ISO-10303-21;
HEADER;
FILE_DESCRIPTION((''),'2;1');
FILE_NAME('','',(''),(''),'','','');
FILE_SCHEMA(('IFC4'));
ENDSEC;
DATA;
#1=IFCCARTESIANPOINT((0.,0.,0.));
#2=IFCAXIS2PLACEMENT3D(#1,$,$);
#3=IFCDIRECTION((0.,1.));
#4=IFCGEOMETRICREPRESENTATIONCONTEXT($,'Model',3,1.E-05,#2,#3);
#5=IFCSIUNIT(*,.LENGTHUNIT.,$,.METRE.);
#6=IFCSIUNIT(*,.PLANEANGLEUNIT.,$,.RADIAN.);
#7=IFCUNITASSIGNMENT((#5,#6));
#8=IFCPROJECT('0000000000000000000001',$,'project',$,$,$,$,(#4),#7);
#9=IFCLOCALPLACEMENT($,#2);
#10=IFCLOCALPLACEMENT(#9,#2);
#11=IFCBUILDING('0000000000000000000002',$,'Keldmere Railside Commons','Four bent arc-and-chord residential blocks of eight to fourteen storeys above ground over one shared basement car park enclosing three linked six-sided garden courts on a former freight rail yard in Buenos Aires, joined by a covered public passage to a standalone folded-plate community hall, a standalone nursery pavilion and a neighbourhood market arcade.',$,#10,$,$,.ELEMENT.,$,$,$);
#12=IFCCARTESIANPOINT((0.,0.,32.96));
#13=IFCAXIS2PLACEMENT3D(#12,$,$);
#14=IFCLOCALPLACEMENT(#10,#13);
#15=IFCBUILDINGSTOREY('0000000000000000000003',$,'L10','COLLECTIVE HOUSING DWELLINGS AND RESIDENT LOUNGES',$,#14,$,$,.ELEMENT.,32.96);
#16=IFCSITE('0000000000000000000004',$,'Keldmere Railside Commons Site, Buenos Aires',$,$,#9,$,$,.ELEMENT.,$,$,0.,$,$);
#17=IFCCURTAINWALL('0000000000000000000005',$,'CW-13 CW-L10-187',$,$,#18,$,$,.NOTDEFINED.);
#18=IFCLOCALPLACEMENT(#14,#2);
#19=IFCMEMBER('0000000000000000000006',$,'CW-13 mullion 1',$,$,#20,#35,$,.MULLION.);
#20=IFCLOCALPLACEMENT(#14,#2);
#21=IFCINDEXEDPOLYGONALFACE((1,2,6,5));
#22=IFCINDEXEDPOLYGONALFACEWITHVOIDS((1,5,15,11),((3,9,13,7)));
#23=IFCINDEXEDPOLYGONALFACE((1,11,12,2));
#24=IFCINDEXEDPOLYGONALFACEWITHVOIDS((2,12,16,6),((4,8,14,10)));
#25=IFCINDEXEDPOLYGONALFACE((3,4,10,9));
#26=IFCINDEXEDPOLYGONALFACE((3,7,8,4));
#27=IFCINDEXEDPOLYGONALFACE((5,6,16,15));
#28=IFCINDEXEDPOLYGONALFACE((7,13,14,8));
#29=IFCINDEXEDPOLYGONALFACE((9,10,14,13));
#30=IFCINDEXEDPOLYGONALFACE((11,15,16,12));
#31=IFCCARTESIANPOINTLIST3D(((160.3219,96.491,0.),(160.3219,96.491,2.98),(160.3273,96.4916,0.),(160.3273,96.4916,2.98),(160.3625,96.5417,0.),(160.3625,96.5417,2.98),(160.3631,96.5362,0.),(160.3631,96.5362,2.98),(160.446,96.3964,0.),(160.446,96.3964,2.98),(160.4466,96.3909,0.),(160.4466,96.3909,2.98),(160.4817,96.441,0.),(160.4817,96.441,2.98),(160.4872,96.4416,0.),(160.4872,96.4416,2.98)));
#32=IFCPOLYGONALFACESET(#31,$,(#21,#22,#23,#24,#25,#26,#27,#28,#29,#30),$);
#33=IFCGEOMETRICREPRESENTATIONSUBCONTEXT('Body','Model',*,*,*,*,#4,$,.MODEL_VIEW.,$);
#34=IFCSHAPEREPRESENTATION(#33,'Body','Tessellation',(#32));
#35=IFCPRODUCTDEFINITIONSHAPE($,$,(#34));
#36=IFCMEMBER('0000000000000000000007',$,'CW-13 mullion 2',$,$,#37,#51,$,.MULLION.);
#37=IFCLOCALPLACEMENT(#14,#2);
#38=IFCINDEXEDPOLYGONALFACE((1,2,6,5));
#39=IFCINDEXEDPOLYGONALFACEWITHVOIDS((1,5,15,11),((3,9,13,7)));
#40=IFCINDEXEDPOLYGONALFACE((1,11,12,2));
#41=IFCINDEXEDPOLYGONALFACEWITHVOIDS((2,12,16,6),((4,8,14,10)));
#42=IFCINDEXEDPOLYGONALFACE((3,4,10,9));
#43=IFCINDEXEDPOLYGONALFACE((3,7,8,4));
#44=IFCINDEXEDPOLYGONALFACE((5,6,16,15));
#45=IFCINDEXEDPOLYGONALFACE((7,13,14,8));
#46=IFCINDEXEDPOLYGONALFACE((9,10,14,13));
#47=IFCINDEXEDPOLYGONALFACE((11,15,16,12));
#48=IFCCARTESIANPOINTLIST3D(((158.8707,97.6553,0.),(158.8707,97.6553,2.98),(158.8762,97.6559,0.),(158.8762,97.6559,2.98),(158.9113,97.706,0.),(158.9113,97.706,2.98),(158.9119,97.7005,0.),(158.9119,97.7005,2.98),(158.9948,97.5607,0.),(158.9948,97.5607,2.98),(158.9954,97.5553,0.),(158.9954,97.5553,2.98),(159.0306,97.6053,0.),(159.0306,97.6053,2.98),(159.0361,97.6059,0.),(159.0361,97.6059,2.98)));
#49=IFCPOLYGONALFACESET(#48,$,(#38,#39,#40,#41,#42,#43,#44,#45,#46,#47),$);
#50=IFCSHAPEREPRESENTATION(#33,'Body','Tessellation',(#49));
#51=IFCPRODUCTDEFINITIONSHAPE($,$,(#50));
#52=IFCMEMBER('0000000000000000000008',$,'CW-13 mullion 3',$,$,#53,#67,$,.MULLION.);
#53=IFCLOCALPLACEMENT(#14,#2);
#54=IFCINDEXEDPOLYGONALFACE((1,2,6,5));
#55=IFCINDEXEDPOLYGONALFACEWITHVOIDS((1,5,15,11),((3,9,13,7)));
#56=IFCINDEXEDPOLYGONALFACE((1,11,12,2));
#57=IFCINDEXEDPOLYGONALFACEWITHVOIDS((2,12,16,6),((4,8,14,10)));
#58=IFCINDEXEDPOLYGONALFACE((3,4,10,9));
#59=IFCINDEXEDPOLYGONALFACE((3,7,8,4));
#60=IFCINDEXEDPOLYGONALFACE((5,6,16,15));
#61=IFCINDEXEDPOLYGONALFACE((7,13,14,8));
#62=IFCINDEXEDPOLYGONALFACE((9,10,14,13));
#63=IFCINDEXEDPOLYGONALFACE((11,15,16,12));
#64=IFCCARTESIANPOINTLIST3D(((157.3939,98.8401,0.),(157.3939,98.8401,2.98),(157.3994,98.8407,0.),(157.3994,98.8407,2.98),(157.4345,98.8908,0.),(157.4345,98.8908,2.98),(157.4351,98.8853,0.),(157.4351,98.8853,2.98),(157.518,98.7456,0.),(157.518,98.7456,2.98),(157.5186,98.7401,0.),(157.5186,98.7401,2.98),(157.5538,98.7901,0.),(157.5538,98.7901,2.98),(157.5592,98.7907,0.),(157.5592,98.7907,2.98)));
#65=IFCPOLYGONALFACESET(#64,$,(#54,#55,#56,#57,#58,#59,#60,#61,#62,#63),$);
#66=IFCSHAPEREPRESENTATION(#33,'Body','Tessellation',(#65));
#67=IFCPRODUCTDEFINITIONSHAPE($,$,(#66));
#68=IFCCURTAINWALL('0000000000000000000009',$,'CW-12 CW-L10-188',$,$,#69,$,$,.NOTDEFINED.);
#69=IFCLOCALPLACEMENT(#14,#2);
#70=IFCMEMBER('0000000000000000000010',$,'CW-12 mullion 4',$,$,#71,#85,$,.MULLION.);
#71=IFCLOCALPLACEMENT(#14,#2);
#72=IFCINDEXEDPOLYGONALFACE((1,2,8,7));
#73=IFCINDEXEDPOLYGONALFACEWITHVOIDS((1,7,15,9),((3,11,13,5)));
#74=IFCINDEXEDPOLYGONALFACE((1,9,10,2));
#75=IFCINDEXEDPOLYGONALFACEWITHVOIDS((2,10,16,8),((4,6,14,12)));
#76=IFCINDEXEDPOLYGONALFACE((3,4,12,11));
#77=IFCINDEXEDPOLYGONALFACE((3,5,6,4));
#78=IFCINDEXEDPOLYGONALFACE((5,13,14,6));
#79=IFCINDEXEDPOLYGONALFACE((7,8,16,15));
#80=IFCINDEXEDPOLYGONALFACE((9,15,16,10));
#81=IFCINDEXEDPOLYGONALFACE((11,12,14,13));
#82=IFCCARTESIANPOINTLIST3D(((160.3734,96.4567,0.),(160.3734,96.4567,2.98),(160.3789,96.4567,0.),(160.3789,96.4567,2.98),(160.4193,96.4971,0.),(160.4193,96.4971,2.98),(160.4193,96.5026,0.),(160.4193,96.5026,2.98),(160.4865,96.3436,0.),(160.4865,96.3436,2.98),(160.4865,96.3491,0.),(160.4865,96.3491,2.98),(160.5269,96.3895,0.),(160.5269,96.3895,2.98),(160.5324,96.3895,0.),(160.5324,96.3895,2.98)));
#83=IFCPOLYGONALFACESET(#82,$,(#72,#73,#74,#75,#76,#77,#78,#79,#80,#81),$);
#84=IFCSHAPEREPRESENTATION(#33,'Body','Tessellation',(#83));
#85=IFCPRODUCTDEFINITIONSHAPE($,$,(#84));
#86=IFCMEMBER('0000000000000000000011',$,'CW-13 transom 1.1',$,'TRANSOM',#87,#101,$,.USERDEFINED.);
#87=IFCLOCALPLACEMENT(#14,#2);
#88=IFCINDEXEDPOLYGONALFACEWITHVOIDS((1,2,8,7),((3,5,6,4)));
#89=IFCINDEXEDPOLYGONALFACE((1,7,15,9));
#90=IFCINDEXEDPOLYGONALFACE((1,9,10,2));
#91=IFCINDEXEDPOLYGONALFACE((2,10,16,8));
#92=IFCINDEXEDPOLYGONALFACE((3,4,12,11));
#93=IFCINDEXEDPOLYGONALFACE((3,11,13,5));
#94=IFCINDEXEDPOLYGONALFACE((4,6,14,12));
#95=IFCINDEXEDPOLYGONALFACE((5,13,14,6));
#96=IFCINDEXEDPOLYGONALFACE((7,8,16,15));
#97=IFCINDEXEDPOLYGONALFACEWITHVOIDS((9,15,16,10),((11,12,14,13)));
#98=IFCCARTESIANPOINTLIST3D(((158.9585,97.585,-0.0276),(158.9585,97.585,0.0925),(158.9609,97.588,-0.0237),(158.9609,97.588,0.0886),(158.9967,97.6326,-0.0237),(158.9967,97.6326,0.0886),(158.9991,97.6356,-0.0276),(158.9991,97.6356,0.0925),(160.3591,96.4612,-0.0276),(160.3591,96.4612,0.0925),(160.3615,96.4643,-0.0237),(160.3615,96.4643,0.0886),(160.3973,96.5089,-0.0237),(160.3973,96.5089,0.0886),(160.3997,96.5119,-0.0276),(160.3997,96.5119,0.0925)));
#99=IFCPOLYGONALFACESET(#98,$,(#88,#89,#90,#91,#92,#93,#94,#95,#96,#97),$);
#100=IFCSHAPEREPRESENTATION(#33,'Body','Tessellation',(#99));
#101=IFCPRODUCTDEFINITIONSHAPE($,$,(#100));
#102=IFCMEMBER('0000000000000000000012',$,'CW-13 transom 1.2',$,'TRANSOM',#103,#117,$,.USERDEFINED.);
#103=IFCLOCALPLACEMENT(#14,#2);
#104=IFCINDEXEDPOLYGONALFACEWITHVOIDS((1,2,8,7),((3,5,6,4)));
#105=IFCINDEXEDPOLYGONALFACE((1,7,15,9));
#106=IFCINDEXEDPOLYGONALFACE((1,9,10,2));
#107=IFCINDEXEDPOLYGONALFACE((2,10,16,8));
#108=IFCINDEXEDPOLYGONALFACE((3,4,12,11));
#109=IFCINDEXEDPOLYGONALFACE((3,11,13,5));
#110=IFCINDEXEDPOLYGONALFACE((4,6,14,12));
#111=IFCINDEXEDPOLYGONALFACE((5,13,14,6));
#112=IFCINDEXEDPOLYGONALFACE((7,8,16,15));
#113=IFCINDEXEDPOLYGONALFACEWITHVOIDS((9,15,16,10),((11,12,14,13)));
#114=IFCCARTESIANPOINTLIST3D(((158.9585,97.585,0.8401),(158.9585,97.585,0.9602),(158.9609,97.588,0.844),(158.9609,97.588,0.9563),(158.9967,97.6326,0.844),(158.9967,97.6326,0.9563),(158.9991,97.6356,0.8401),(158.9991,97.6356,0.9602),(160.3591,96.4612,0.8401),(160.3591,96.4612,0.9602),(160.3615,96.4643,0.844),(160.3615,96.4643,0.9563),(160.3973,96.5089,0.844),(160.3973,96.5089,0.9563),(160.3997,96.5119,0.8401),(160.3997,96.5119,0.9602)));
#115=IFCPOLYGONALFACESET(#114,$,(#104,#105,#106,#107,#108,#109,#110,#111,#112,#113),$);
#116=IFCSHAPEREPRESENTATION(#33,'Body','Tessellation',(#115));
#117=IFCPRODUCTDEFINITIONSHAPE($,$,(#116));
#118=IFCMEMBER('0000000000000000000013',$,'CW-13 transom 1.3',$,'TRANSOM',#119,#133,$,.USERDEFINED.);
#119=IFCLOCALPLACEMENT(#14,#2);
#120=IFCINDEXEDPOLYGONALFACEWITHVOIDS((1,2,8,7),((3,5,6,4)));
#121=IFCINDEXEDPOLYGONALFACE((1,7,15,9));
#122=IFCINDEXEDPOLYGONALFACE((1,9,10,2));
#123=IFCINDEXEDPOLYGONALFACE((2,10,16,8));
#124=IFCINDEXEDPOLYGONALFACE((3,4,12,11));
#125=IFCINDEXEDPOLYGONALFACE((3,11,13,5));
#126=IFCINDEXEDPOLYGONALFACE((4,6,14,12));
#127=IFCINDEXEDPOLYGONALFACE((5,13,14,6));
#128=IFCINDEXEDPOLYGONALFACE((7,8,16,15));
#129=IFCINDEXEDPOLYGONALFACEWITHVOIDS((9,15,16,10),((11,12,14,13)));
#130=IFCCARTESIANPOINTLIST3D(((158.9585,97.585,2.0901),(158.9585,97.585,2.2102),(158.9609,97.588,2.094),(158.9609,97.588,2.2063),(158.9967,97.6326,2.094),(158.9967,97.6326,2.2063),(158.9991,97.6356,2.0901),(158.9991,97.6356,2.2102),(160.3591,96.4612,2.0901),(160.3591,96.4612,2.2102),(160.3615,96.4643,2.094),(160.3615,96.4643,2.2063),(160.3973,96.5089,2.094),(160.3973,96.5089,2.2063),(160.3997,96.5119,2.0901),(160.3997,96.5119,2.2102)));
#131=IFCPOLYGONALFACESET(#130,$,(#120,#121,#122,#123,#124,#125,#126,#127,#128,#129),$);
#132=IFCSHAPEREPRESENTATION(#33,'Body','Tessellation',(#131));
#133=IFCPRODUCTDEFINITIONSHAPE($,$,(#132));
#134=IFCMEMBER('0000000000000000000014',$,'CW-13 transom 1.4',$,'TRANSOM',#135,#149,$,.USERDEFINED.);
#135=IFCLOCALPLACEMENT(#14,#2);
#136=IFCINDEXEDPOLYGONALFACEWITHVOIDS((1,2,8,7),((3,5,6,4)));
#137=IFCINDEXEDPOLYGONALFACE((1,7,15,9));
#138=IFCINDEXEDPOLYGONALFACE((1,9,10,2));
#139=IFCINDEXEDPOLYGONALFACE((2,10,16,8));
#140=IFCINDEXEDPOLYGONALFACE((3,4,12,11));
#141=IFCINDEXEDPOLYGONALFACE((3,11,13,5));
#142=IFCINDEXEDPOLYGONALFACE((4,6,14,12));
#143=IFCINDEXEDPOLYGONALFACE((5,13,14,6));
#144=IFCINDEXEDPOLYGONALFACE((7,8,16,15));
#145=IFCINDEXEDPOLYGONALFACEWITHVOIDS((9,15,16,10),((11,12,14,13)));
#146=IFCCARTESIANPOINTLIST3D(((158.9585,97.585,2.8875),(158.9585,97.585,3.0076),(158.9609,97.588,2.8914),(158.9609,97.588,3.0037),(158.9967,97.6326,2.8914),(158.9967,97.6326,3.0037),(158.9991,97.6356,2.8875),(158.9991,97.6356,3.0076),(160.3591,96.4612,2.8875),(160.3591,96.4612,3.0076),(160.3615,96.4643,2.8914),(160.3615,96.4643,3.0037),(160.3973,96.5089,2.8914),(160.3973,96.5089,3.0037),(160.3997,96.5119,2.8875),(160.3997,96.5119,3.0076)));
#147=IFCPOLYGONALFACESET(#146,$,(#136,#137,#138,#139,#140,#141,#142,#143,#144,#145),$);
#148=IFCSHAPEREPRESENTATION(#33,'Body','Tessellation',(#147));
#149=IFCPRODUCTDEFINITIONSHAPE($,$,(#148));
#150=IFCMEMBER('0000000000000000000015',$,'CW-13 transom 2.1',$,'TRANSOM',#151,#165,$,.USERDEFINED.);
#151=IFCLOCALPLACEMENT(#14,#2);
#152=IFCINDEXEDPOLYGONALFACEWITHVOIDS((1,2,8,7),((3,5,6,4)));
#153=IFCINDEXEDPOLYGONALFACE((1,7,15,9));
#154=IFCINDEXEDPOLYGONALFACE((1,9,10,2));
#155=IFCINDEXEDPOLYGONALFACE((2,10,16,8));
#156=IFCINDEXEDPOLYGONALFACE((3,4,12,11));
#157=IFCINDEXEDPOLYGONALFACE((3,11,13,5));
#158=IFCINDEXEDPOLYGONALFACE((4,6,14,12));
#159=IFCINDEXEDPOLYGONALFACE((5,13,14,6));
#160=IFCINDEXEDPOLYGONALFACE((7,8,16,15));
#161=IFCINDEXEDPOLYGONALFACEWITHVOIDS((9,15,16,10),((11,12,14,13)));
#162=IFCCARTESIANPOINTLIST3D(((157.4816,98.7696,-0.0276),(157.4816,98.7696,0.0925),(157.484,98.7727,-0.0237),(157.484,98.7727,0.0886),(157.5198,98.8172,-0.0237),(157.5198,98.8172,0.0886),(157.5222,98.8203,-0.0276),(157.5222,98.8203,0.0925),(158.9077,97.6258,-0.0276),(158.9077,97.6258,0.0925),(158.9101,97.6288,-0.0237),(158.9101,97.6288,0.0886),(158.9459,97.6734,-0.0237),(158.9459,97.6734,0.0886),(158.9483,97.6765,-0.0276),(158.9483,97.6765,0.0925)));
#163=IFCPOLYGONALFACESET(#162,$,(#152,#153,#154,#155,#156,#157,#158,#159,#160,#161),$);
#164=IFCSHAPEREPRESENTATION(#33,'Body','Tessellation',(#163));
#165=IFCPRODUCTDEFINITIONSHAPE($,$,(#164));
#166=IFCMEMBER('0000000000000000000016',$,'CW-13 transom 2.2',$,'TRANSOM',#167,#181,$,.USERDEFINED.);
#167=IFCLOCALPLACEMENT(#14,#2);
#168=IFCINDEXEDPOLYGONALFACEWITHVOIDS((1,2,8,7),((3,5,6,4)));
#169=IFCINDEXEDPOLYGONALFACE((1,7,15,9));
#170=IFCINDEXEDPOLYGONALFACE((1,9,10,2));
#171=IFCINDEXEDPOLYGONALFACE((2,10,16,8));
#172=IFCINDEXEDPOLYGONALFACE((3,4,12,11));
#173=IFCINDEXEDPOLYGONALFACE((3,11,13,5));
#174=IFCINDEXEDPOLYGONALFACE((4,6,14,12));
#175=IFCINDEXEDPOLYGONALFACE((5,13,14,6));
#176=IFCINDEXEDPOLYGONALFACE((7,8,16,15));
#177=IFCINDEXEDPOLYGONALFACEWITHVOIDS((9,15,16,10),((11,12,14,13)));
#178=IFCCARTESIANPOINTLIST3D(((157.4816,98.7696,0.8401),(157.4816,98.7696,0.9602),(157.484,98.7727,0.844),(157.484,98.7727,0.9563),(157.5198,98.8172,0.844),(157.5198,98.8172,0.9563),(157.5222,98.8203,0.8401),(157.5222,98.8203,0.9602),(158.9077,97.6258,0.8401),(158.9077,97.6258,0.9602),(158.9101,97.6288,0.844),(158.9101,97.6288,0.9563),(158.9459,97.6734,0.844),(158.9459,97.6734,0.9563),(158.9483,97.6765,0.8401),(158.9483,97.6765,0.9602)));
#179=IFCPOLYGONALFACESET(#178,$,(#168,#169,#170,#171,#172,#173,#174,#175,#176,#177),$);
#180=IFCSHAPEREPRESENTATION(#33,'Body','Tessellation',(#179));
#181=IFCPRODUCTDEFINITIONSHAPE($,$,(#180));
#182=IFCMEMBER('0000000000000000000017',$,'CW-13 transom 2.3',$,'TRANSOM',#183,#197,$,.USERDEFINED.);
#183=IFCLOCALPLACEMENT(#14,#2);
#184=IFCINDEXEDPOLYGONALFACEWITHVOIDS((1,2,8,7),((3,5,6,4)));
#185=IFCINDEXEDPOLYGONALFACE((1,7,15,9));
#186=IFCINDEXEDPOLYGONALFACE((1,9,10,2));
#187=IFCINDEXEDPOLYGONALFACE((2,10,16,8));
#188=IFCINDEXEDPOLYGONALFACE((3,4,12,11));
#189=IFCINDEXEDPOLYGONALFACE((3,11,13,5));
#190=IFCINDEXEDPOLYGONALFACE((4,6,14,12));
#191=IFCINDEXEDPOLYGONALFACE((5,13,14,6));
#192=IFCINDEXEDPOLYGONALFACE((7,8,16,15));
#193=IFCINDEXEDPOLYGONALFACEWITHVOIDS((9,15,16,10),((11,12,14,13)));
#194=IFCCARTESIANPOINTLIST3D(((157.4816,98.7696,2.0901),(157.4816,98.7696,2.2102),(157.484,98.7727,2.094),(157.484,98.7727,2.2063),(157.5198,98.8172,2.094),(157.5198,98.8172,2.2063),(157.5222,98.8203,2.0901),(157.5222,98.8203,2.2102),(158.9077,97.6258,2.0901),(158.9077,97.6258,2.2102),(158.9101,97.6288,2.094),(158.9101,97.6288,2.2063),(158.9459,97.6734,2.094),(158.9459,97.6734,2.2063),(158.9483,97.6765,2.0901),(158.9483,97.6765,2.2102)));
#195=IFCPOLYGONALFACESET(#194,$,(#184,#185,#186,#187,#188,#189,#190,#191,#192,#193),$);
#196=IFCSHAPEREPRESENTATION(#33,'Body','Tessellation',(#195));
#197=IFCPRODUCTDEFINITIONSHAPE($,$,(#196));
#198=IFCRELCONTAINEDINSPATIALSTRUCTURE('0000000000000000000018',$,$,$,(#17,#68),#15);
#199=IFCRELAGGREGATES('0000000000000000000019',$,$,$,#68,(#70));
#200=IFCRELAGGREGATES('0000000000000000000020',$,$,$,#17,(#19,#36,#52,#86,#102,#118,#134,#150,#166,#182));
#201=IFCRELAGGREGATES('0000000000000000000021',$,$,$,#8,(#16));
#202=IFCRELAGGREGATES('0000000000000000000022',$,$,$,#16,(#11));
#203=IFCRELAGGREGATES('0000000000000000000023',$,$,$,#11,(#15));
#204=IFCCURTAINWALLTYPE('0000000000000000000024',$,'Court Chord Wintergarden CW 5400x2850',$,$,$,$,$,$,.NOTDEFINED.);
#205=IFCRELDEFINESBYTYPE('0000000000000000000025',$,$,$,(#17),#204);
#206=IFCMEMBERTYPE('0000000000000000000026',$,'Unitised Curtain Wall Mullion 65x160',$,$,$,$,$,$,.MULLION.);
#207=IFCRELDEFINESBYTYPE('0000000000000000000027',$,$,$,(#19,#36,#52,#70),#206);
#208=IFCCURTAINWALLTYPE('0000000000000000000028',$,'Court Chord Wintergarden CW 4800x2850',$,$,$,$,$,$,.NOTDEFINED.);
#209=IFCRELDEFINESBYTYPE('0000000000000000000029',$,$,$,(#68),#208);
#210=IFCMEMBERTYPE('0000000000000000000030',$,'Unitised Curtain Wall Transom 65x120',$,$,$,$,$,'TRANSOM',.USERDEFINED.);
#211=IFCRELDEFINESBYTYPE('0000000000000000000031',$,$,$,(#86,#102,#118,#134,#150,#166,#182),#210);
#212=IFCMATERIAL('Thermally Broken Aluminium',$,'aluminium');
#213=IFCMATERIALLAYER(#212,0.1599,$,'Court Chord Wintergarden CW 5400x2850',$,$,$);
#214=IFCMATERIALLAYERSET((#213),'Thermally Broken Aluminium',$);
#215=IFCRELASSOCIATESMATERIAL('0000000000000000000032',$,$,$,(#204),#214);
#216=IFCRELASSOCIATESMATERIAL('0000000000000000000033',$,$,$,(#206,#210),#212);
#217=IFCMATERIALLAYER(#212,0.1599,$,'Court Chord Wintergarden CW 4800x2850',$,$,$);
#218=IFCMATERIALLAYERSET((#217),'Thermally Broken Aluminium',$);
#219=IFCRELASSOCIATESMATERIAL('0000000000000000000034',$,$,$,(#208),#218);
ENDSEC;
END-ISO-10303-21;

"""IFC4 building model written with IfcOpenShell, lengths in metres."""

from ifc_helpers import new_model, si_unit, direction, frame, origin, origin_2d, place, context, subcontext, project, spatial, hollow_rectangle, extrude, material, layer, layer_set, material_profile, profile_set, type_object, element, aggregate, save


model = new_model("IFC4")

# Units and contexts
model_context = context("Model", 3, precision=1e-05, world=origin(), true_north=direction((0.0, 1.0)))
body_context = subcontext(model_context, "Body", "Model", "MODEL_VIEW")
ifc_project = project(units=[si_unit("LENGTHUNIT", "METRE"), si_unit("PLANEANGLEUNIT", "RADIAN")], contexts=[model_context])

# Site, building, storey
site_placement = place(None, origin())
site = spatial("IfcSite", under=ifc_project, at=site_placement, Name="Keldmere Railside Commons Site, Buenos Aires", CompositionType="ELEMENT", RefElevation=0.0)
building_placement = place(site_placement, origin())
building = spatial("IfcBuilding", under=site, at=building_placement, Name="Keldmere Railside Commons", Description="Four bent arc-and-chord residential blocks of eight to fourteen storeys above ground over one shared basement car park enclosing three linked six-sided garden courts on a former freight rail yard in Buenos Aires, joined by a covered public passage to a standalone folded-plate community hall, a standalone nursery pavilion and a neighbourhood market arcade.", CompositionType="ELEMENT")
storey_placement = place(building_placement, frame((0.0, 0.0, 32.96)))
storey = spatial("IfcBuildingStorey", under=building, at=storey_placement, Name="L10", Description="COLLECTIVE HOUSING DWELLINGS AND RESIDENT LOUNGES", CompositionType="ELEMENT", Elevation=32.96)

# Curtain wall, members
ifc_material_1 = material(Name="Thermally Broken Aluminium", Category="aluminium")
ifc_layer_1 = layer(ifc_material_1, 0.1599, Name="Court Chord Wintergarden CW 5400x2850")
ifc_layer_set_1 = layer_set([ifc_layer_1], Name="Thermally Broken Aluminium")
curtain_wall_type_1 = type_object("IfcCurtainWallType", Name="Court Chord Wintergarden CW 5400x2850", PredefinedType="NOTDEFINED", material=ifc_layer_set_1)
curtain_wall_1_placement = place(storey_placement, origin())
curtain_wall_1 = element("IfcCurtainWall", 1, at=curtain_wall_1_placement, inside=storey, type_object=curtain_wall_type_1, Name="CW-13 CW-L10-187", PredefinedType="NOTDEFINED")
ifc_material_profile_1 = material_profile(ifc_material_1, hollow_rectangle(XDim=0.0649, YDim=0.1599, WallThickness=0.0039, at=origin_2d()), Name="ALU-MULL-65x160")
ifc_profile_set_1 = profile_set([ifc_material_profile_1], Name="Thermally Broken Aluminium")
member_type_1 = type_object("IfcMemberType", Name="Unitised Curtain Wall Mullion 65x160", PredefinedType="MULLION", material=ifc_profile_set_1)
member_1_placement = place(storey_placement, frame((160.4045, 96.4663, 0.0), z_axis=(0.0, 0.0, 1.0), x_axis=(-0.625768, -0.780009, 0.0)))
member_1 = element("IfcMember", 2, at=member_1_placement, type_object=member_type_1, Name="CW-13 mullion 1", PredefinedType="MULLION", context=body_context, shape_type="SweptSolid", body=[
    extrude(hollow_rectangle(XDim=0.0649, YDim=0.1599, WallThickness=0.0039, at=origin_2d()), origin(), (0.0, 0.0, 1.0), 2.98),
])
member_2_placement = place(storey_placement, frame((158.9534, 97.6306, 0.0), z_axis=(0.0, 0.0, 1.0), x_axis=(-0.625768, -0.780009, 0.0)))
member_2 = element("IfcMember", 3, at=member_2_placement, type_object=member_type_1, Name="CW-13 mullion 2", PredefinedType="MULLION", context=body_context, shape_type="SweptSolid", body=[
    extrude(hollow_rectangle(XDim=0.0649, YDim=0.1599, WallThickness=0.0039, at=origin_2d()), origin(), (0.0, 0.0, 1.0), 2.98),
])
member_3_placement = place(storey_placement, frame((157.4766, 98.8154, 0.0), z_axis=(0.0, 0.0, 1.0), x_axis=(-0.625768, -0.780009, 0.0)))
member_3 = element("IfcMember", 4, at=member_3_placement, type_object=member_type_1, Name="CW-13 mullion 3", PredefinedType="MULLION", context=body_context, shape_type="SweptSolid", body=[
    extrude(hollow_rectangle(XDim=0.0649, YDim=0.1599, WallThickness=0.0039, at=origin_2d()), origin(), (0.0, 0.0, 1.0), 2.98),
])

# Curtain wall, member
ifc_layer_2 = layer(ifc_material_1, 0.1599, Name="Court Chord Wintergarden CW 4800x2850")
ifc_layer_set_2 = layer_set([ifc_layer_2], Name="Thermally Broken Aluminium")
curtain_wall_type_2 = type_object("IfcCurtainWallType", Name="Court Chord Wintergarden CW 4800x2850", PredefinedType="NOTDEFINED", material=ifc_layer_set_2)
curtain_wall_2_placement = place(storey_placement, origin())
curtain_wall_2 = element("IfcCurtainWall", 5, at=curtain_wall_2_placement, inside=storey, type_object=curtain_wall_type_2, Name="CW-12 CW-L10-188", PredefinedType="NOTDEFINED")
member_4_placement = place(storey_placement, frame((160.4529, 96.4231, 0.0), z_axis=(0.0, 0.0, 1.0), x_axis=(-0.707107, -0.707107, 0.0)))
member_4 = element("IfcMember", 6, at=member_4_placement, type_object=member_type_1, Name="CW-12 mullion 4", PredefinedType="MULLION", context=body_context, shape_type="SweptSolid", body=[
    extrude(hollow_rectangle(XDim=0.0649, YDim=0.1599, WallThickness=0.0039, at=origin_2d()), origin(), (0.0, 0.0, 1.0), 2.98),
])

# Members
ifc_material_profile_2 = material_profile(ifc_material_1, hollow_rectangle(XDim=0.0649, YDim=0.1201, WallThickness=0.0039, at=origin_2d()), Name="ALU-TRAN-65x120")
ifc_profile_set_2 = profile_set([ifc_material_profile_2], Name="Thermally Broken Aluminium")
member_type_2 = type_object("IfcMemberType", Name="Unitised Curtain Wall Transom 65x120", ElementType="TRANSOM", PredefinedType="USERDEFINED", material=ifc_profile_set_2)
member_5_placement = place(storey_placement, frame((160.3794, 96.4866, 0.0325), z_axis=(-0.779979, 0.625805, 0.0), x_axis=(-0.625805, -0.779979, 0.0)))
member_5 = element("IfcMember", 7, at=member_5_placement, type_object=member_type_2, Name="CW-13 transom 1.1", ObjectType="TRANSOM", PredefinedType="USERDEFINED", context=body_context, shape_type="SweptSolid", body=[
    extrude(hollow_rectangle(XDim=0.0649, YDim=0.1201, WallThickness=0.0039, at=origin_2d()), origin(), (0.0, 0.0, 1.0), 1.7957),
])
member_6_placement = place(storey_placement, frame((160.3794, 96.4866, 0.9001), z_axis=(-0.779979, 0.625805, 0.0), x_axis=(-0.625805, -0.779979, 0.0)))
member_6 = element("IfcMember", 8, at=member_6_placement, type_object=member_type_2, Name="CW-13 transom 1.2", ObjectType="TRANSOM", PredefinedType="USERDEFINED", context=body_context, shape_type="SweptSolid", body=[
    extrude(hollow_rectangle(XDim=0.0649, YDim=0.1201, WallThickness=0.0039, at=origin_2d()), origin(), (0.0, 0.0, 1.0), 1.7957),
])
member_7_placement = place(storey_placement, frame((160.3794, 96.4866, 2.1501), z_axis=(-0.779979, 0.625805, 0.0), x_axis=(-0.625805, -0.779979, 0.0)))
member_7 = element("IfcMember", 9, at=member_7_placement, type_object=member_type_2, Name="CW-13 transom 1.3", ObjectType="TRANSOM", PredefinedType="USERDEFINED", context=body_context, shape_type="SweptSolid", body=[
    extrude(hollow_rectangle(XDim=0.0649, YDim=0.1201, WallThickness=0.0039, at=origin_2d()), origin(), (0.0, 0.0, 1.0), 1.7957),
])
member_8_placement = place(storey_placement, frame((160.3794, 96.4866, 2.9475), z_axis=(-0.779979, 0.625805, 0.0), x_axis=(-0.625805, -0.779979, 0.0)))
member_8 = element("IfcMember", 10, at=member_8_placement, type_object=member_type_2, Name="CW-13 transom 1.4", ObjectType="TRANSOM", PredefinedType="USERDEFINED", context=body_context, shape_type="SweptSolid", body=[
    extrude(hollow_rectangle(XDim=0.0649, YDim=0.1201, WallThickness=0.0039, at=origin_2d()), origin(), (0.0, 0.0, 1.0), 1.7957),
])
member_9_placement = place(storey_placement, frame((158.928, 97.6511, 0.0325), z_axis=(-0.780073, 0.625688, 0.0), x_axis=(-0.625688, -0.780073, 0.0)))
member_9 = element("IfcMember", 11, at=member_9_placement, type_object=member_type_2, Name="CW-13 transom 2.1", ObjectType="TRANSOM", PredefinedType="USERDEFINED", context=body_context, shape_type="SweptSolid", body=[
    extrude(hollow_rectangle(XDim=0.0649, YDim=0.1201, WallThickness=0.0039, at=origin_2d()), origin(), (0.0, 0.0, 1.0), 1.8281),
])
member_10_placement = place(storey_placement, frame((158.928, 97.6511, 0.9001), z_axis=(-0.780073, 0.625688, 0.0), x_axis=(-0.625688, -0.780073, 0.0)))
member_10 = element("IfcMember", 12, at=member_10_placement, type_object=member_type_2, Name="CW-13 transom 2.2", ObjectType="TRANSOM", PredefinedType="USERDEFINED", context=body_context, shape_type="SweptSolid", body=[
    extrude(hollow_rectangle(XDim=0.0649, YDim=0.1201, WallThickness=0.0039, at=origin_2d()), origin(), (0.0, 0.0, 1.0), 1.8281),
])
member_11_placement = place(storey_placement, frame((158.928, 97.6511, 2.1501), z_axis=(-0.780073, 0.625688, 0.0), x_axis=(-0.625688, -0.780073, 0.0)))
member_11 = element("IfcMember", 13, at=member_11_placement, type_object=member_type_2, Name="CW-13 transom 2.3", ObjectType="TRANSOM", PredefinedType="USERDEFINED", context=body_context, shape_type="SweptSolid", body=[
    extrude(hollow_rectangle(XDim=0.0649, YDim=0.1201, WallThickness=0.0039, at=origin_2d()), origin(), (0.0, 0.0, 1.0), 1.8281),
])

aggregate(curtain_wall_2, [member_4])
aggregate(curtain_wall_1, [member_1, member_2, member_3, member_5, member_6, member_7, member_8, member_9, member_10, member_11])

save(model, "model.ifc")
